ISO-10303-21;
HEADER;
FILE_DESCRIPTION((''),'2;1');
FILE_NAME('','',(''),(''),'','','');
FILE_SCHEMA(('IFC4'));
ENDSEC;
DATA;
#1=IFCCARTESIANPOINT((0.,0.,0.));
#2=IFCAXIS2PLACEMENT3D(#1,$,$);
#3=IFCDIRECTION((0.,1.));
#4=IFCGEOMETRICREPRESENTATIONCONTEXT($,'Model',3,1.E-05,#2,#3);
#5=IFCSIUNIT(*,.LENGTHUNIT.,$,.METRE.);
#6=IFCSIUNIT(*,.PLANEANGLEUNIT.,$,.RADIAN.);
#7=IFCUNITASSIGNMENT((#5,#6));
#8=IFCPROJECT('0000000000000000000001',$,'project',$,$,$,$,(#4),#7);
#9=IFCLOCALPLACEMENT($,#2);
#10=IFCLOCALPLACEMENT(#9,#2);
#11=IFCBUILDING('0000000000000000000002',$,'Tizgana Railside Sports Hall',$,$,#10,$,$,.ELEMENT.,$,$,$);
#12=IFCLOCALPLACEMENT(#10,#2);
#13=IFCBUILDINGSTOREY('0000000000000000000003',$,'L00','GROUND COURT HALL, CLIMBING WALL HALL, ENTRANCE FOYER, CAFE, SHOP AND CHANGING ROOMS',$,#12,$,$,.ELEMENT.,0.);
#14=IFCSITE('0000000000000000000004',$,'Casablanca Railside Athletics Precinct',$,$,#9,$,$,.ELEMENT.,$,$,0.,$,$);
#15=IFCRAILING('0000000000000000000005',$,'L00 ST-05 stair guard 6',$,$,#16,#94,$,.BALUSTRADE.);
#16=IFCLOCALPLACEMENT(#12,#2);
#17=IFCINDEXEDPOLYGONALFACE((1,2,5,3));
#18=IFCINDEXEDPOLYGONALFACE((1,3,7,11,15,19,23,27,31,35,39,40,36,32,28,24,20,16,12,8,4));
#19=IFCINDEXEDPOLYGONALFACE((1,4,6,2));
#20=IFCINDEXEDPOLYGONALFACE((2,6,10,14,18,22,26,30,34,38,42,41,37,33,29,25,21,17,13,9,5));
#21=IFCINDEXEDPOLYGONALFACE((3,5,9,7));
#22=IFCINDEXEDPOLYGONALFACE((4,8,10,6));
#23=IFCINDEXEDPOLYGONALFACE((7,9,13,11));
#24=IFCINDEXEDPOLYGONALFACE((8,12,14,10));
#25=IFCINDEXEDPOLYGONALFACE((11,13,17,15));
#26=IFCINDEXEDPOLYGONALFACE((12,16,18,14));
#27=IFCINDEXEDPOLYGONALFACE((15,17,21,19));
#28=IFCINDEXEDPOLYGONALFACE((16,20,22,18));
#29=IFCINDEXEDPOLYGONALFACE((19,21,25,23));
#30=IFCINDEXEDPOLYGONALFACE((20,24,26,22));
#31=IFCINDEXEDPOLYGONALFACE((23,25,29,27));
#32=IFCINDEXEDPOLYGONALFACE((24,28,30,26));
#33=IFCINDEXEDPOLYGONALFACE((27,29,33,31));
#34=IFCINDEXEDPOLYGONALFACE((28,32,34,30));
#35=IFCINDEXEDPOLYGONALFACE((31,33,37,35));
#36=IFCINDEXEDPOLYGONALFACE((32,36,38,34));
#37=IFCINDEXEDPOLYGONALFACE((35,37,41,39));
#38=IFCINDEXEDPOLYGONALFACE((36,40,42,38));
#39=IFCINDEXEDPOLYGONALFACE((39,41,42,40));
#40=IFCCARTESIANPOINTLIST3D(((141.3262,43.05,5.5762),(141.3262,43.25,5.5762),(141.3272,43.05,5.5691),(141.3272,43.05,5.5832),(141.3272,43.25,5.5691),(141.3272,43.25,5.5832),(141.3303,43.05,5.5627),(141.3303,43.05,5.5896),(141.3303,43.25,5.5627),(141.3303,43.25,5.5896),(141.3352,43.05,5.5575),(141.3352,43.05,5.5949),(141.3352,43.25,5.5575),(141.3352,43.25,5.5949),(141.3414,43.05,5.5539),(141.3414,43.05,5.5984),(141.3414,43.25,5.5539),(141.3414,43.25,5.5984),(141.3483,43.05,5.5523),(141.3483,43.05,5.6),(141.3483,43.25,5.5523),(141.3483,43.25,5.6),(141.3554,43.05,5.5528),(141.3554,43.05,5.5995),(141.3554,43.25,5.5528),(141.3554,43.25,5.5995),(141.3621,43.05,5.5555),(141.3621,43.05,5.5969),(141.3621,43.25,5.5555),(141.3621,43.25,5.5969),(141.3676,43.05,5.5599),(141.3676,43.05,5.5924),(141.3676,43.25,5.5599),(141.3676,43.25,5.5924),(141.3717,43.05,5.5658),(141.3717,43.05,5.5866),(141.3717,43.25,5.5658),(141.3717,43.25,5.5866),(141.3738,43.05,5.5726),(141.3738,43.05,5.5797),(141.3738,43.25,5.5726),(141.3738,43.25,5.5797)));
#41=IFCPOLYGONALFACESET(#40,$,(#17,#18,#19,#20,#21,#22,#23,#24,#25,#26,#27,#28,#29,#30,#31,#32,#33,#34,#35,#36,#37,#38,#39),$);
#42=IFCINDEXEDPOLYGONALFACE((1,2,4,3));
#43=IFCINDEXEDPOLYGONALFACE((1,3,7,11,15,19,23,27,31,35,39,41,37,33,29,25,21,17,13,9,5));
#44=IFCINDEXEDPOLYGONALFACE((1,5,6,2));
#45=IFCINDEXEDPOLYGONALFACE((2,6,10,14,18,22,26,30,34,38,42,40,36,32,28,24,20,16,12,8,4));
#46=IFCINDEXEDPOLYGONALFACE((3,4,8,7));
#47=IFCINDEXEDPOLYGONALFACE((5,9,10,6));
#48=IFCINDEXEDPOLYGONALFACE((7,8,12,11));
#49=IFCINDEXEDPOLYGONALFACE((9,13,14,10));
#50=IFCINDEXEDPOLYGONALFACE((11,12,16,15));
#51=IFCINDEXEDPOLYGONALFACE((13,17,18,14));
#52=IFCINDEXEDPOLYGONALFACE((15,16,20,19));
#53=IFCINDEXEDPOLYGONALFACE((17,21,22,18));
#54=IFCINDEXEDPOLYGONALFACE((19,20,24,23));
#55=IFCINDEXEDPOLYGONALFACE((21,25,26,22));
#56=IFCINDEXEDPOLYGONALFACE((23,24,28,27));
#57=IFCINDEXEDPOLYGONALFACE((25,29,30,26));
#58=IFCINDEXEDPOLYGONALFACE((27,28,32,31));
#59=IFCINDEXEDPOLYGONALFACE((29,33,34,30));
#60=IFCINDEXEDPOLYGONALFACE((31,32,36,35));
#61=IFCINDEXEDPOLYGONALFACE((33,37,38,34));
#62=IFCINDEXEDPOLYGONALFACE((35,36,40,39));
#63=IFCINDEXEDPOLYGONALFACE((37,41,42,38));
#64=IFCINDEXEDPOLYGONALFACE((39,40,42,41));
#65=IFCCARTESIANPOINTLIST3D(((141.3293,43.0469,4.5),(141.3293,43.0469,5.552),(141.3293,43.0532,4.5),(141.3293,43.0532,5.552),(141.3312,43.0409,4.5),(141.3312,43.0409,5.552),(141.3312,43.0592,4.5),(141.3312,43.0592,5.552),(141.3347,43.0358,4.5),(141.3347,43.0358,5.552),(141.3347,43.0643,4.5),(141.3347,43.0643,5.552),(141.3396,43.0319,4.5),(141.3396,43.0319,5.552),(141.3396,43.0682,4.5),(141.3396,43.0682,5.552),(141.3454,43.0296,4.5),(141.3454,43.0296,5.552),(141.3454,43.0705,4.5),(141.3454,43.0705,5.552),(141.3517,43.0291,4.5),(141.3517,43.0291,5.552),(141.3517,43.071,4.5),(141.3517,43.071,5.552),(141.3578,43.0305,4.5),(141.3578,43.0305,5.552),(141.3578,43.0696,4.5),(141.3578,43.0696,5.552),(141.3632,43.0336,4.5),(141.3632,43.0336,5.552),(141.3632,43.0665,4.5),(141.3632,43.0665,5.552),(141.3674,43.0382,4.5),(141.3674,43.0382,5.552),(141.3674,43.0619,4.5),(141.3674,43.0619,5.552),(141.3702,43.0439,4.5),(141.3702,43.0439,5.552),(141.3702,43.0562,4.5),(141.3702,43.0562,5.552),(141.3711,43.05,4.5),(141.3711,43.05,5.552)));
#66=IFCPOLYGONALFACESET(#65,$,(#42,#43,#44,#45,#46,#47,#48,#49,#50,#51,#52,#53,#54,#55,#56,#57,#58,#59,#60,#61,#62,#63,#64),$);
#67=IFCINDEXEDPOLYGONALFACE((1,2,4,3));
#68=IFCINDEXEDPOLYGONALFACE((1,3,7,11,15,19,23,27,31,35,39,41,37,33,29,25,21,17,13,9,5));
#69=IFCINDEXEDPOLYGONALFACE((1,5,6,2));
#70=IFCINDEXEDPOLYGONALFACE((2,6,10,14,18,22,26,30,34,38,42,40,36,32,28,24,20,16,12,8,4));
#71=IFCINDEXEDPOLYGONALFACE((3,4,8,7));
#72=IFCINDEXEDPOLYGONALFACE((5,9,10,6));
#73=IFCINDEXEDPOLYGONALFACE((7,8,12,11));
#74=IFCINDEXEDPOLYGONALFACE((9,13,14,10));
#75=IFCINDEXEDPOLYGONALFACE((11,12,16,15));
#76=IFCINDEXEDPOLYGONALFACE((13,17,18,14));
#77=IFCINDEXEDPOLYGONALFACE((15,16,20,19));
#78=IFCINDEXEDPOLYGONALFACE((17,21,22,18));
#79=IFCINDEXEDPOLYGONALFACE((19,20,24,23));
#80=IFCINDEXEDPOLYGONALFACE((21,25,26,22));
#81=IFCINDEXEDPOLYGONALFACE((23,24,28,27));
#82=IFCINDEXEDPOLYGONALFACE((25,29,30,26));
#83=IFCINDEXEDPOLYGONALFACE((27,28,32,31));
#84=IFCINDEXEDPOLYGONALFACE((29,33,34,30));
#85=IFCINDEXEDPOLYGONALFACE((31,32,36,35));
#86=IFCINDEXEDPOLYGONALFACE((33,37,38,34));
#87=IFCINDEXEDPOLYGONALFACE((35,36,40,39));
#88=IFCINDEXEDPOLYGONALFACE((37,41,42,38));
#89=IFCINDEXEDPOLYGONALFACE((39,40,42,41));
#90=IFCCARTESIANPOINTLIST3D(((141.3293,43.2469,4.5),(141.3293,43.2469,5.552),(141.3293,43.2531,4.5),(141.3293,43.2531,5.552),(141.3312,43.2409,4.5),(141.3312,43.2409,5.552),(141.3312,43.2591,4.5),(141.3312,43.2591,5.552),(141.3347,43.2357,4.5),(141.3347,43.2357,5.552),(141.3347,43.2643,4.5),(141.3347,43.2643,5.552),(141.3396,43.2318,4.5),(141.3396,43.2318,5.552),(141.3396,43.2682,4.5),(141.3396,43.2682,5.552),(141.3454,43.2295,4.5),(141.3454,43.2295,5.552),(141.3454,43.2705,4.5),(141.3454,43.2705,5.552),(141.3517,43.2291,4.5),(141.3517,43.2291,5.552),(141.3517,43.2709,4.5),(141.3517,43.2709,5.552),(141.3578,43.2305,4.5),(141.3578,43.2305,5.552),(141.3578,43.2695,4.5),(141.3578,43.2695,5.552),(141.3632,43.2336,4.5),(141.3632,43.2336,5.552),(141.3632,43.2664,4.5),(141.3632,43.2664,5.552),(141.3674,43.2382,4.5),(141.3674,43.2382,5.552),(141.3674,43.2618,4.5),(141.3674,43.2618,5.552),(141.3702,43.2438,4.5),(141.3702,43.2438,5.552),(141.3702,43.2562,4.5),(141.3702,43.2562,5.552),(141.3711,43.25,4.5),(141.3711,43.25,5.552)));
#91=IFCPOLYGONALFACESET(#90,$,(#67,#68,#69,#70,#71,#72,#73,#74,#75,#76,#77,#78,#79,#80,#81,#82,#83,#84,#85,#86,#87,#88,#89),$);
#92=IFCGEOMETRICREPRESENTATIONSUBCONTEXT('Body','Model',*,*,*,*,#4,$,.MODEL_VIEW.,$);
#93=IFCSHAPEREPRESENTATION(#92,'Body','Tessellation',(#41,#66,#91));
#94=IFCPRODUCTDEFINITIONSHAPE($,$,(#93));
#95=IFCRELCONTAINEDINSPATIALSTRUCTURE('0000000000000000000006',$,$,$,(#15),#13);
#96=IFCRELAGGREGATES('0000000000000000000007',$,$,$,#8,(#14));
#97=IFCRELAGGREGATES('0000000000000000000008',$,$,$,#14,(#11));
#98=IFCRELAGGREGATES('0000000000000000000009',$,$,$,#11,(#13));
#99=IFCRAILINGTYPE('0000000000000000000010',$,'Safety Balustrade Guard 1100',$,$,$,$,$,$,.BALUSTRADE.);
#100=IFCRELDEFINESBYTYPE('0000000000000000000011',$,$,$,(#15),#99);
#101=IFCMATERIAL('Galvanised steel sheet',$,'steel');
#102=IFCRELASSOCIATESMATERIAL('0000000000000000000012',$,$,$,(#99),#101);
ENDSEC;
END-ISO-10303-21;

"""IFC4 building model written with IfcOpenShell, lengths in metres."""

from ifc_helpers import new_model, si_unit, direction, frame, origin, origin_2d, place, context, subcontext, project, spatial, circle, extrude, material, type_object, element, save


model = new_model("IFC4")

# Units and contexts
model_context = context("Model", 3, precision=1e-05, world=origin(), true_north=direction((0.0, 1.0)))
body_context = subcontext(model_context, "Body", "Model", "MODEL_VIEW")
ifc_project = project(units=[si_unit("LENGTHUNIT", "METRE"), si_unit("PLANEANGLEUNIT", "RADIAN")], contexts=[model_context])

# Site, building, storey
site_placement = place(None, origin())
site = spatial("IfcSite", under=ifc_project, at=site_placement, Name="Casablanca Railside Athletics Precinct", CompositionType="ELEMENT", RefElevation=0.0)
building_placement = place(site_placement, origin())
building = spatial("IfcBuilding", under=site, at=building_placement, Name="Tizgana Railside Sports Hall", CompositionType="ELEMENT")
storey_placement = place(building_placement, origin())
storey = spatial("IfcBuildingStorey", under=building, at=storey_placement, Name="L00", Description="GROUND COURT HALL, CLIMBING WALL HALL, ENTRANCE FOYER, CAFE, SHOP AND CHANGING ROOMS", CompositionType="ELEMENT", Elevation=0.0)

# Railing
ifc_material_1 = material(Name="Galvanised steel sheet", Category="steel")
railing_type_1 = type_object("IfcRailingType", Name="Safety Balustrade Guard 1100", PredefinedType="BALUSTRADE", material=ifc_material_1)
railing_1_placement = place(storey_placement, frame((141.3501, 43.05, 4.5)))
element("IfcRailing", 1, at=railing_1_placement, inside=storey, type_object=railing_type_1, Name="L00 ST-05 stair guard 6", PredefinedType="BALUSTRADE", context=body_context, shape_type="SweptSolid", body=[
    extrude(circle(Radius=0.0239, at=origin_2d()), frame((0.0, 0.0, 1.0762), z_axis=(0.0, 1.0, 0.0), x_axis=(-1.0, 0.0, 0.0)), (0.0, 0.0, 1.0), 0.2),
    extrude(circle(Radius=0.021, at=origin_2d()), origin(), (0.0, 0.0, 1.0), 1.052),
    extrude(circle(Radius=0.021, at=origin_2d()), frame((0.0, 0.2, 0.0)), (0.0, 0.0, 1.0), 1.052),
])

save(model, "model.ifc")
